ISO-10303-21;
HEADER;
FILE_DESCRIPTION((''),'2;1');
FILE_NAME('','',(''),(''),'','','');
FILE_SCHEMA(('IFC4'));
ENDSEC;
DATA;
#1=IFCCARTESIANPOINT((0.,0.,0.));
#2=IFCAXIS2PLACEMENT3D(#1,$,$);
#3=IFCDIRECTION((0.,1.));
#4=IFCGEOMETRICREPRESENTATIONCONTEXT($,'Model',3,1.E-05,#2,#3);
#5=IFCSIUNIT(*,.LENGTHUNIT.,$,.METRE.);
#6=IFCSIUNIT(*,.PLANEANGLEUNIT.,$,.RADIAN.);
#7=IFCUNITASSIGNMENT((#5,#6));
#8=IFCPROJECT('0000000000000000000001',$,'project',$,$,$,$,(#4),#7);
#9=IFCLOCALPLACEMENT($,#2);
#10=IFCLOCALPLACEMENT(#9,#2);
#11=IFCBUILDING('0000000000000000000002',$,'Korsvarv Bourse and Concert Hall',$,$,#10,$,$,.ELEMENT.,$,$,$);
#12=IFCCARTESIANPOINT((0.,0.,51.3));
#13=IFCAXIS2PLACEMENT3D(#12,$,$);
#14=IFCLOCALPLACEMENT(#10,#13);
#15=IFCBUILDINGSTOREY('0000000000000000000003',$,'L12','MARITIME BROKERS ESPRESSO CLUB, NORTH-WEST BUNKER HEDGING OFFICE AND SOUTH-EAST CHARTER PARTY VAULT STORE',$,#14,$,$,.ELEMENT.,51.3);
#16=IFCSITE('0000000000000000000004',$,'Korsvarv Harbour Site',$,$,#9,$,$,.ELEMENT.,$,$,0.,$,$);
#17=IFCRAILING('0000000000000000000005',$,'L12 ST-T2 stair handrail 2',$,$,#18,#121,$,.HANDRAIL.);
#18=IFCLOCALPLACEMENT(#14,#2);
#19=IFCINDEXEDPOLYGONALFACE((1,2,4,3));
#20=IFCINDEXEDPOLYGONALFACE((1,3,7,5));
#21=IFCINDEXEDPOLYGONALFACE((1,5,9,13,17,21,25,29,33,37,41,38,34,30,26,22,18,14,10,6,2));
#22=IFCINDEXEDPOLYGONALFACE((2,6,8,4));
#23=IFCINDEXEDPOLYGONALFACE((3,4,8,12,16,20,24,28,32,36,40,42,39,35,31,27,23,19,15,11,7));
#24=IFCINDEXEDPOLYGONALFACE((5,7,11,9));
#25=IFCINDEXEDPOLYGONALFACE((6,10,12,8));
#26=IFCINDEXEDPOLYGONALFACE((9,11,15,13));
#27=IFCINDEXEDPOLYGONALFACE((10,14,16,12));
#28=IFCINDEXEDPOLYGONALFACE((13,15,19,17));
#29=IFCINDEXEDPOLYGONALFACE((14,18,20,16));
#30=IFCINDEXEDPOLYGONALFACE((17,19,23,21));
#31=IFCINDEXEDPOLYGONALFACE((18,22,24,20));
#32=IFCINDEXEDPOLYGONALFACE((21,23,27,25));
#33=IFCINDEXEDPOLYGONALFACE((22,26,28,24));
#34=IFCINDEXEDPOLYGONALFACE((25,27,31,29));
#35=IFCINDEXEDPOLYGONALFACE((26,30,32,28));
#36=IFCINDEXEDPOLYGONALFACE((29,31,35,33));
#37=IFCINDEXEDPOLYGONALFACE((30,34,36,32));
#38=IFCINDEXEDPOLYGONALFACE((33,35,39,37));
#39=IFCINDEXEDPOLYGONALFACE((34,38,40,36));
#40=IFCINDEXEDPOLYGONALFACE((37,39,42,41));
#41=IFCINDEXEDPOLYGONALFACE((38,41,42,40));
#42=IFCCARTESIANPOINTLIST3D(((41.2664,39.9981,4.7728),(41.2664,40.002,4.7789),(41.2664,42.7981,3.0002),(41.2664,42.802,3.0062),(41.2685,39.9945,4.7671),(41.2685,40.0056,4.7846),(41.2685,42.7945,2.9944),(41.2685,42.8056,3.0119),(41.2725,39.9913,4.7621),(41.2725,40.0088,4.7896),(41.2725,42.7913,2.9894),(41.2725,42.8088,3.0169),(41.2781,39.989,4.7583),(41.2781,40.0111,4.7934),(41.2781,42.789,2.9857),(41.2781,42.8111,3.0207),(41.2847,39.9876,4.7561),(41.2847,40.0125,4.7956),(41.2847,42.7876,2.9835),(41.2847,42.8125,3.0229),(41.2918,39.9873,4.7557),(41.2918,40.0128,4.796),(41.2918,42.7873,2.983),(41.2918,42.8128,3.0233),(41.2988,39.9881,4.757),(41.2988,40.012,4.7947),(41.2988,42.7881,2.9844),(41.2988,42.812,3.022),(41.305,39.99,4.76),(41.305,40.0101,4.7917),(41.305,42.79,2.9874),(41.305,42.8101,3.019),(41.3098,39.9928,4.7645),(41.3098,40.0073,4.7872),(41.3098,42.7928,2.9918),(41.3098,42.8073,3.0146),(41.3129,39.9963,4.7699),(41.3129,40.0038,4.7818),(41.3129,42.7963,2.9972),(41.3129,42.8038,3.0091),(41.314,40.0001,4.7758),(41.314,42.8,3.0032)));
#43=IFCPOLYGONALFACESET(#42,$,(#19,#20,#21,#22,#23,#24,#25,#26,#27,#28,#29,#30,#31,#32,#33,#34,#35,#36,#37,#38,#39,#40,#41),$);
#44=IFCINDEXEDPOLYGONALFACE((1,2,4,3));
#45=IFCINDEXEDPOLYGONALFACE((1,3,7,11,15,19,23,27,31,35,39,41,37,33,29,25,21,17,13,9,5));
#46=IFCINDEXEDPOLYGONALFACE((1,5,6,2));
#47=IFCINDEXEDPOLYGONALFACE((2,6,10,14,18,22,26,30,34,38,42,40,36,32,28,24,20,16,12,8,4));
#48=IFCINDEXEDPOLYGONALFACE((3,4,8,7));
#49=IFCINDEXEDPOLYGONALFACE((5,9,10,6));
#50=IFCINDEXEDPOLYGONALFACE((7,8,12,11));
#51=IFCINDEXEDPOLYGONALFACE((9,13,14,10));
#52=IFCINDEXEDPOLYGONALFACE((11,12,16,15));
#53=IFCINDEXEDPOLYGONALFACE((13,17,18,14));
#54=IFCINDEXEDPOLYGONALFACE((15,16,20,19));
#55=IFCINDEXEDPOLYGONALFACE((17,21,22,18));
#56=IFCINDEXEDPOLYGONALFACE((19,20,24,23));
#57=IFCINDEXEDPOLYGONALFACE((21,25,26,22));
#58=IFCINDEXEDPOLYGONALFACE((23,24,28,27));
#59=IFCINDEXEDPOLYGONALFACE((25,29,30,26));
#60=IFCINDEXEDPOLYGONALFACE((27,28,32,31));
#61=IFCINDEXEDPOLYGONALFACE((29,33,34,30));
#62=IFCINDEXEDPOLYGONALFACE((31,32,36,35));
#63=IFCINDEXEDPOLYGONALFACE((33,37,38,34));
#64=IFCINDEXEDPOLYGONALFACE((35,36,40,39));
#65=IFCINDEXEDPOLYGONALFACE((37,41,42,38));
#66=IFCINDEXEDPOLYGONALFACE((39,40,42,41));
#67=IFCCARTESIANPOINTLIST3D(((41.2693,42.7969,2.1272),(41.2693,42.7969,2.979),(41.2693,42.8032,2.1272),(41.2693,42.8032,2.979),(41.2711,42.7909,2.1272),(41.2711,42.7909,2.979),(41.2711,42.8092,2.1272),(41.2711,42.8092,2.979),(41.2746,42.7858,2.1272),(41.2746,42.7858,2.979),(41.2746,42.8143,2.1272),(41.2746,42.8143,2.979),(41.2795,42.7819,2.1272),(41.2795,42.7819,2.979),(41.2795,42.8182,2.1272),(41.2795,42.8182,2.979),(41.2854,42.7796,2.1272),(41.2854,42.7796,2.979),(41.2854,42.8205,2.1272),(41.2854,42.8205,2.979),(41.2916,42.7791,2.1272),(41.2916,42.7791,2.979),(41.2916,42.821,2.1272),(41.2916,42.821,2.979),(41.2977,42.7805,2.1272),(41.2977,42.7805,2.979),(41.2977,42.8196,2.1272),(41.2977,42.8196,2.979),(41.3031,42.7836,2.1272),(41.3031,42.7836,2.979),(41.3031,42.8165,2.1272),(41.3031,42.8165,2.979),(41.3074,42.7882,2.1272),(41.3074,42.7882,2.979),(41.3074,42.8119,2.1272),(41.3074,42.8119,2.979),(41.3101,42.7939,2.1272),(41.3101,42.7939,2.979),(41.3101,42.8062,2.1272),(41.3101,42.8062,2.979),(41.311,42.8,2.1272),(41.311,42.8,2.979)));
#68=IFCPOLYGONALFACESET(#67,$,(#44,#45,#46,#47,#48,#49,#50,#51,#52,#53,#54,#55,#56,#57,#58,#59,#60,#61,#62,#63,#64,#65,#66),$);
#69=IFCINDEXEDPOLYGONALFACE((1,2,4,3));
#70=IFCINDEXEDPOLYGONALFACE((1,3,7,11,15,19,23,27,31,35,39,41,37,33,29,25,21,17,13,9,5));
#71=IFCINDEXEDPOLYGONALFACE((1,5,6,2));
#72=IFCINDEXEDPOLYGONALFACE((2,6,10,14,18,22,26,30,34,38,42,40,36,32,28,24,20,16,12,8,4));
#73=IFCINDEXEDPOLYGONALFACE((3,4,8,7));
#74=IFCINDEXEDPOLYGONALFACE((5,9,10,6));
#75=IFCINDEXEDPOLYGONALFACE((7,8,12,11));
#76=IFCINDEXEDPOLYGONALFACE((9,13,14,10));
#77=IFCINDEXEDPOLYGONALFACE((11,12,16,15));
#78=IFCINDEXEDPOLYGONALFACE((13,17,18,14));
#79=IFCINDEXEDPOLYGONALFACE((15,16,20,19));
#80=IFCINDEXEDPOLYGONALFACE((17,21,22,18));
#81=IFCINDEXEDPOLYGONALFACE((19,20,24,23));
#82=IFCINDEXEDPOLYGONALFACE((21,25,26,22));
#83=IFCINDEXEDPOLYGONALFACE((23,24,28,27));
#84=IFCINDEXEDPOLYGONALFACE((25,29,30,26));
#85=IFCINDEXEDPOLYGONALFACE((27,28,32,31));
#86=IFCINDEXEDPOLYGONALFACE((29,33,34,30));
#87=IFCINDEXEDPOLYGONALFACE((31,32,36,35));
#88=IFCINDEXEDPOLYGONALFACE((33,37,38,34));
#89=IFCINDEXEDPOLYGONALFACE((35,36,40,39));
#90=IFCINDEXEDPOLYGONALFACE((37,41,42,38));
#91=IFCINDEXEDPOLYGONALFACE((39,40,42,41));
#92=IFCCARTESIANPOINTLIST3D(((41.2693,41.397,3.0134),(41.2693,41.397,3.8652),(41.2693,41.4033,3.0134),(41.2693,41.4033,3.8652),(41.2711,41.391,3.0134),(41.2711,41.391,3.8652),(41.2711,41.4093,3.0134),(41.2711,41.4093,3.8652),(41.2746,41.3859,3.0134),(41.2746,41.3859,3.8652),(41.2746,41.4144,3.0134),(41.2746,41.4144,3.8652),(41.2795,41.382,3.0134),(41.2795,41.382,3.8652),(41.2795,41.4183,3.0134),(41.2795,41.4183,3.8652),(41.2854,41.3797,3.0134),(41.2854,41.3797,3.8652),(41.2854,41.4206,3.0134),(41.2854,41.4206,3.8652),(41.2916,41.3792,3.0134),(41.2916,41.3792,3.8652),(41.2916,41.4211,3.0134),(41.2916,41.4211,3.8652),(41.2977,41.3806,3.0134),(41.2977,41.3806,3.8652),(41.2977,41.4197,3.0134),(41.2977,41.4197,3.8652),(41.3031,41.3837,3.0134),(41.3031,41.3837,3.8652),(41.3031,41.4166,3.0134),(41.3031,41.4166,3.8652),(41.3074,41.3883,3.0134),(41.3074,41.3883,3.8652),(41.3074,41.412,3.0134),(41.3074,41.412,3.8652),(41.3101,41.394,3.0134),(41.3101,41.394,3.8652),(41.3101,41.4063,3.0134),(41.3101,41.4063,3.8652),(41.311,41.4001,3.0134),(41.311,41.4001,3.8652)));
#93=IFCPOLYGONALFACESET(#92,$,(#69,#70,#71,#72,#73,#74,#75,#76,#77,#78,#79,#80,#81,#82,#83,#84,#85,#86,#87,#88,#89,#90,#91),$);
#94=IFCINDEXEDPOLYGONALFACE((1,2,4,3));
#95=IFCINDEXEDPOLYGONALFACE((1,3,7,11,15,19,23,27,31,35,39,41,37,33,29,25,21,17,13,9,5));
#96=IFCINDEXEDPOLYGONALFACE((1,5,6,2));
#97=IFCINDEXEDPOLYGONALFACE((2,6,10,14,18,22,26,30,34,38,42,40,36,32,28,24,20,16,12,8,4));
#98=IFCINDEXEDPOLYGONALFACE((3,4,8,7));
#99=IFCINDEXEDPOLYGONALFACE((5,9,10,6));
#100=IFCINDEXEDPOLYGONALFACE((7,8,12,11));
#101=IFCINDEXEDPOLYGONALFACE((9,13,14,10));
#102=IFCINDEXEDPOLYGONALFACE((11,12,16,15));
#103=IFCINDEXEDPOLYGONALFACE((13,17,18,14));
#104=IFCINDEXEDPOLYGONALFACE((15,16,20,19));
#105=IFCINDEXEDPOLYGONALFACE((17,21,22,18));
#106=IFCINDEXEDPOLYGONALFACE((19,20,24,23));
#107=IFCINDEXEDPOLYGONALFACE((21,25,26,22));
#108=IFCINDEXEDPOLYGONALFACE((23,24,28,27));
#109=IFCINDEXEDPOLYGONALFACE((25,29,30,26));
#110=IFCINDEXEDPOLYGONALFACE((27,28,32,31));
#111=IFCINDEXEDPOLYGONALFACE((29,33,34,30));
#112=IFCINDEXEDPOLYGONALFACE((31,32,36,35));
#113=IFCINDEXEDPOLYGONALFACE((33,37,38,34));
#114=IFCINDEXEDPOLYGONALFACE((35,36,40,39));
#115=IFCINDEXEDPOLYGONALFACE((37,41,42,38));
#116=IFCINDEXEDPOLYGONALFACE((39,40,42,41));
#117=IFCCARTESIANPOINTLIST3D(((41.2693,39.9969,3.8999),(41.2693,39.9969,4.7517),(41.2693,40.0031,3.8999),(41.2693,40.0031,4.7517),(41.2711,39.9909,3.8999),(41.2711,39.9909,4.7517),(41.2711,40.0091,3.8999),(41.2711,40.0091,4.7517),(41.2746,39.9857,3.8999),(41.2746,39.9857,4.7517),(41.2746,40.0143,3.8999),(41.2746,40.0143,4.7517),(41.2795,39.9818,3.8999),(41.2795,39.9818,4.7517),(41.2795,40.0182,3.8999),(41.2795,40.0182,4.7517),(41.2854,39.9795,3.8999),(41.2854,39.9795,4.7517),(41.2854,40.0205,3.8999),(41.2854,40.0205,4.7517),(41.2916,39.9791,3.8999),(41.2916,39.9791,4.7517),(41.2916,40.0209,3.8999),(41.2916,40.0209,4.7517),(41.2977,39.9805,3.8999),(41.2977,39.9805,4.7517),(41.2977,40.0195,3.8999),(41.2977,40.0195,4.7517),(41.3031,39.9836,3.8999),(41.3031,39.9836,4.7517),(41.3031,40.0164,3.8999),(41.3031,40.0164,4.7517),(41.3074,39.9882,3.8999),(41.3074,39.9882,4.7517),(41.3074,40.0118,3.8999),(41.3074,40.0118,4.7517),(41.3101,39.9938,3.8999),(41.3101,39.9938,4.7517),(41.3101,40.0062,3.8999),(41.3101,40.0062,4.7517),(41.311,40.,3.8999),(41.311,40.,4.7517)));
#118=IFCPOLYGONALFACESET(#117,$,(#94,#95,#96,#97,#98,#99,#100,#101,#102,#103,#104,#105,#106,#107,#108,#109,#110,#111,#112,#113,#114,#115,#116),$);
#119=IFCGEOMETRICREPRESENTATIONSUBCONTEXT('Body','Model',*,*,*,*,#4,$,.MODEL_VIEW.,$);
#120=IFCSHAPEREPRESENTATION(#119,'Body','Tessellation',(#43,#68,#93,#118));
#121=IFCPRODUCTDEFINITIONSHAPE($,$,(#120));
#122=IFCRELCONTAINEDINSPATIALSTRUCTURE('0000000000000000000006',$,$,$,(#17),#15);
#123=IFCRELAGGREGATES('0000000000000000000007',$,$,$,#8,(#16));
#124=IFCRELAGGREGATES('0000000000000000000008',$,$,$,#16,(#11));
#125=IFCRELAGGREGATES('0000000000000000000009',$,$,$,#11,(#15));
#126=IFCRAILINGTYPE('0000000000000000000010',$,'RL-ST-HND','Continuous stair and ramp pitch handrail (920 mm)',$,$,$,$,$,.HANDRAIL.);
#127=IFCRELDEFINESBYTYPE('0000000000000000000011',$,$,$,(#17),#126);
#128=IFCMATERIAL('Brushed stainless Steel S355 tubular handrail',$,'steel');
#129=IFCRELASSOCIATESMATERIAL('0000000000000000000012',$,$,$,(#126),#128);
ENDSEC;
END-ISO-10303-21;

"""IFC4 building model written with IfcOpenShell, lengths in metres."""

from ifc_helpers import new_model, si_unit, direction, frame, origin, origin_2d, place, context, subcontext, project, spatial, circle, extrude, material, type_object, element, save


model = new_model("IFC4")

# Units and contexts
model_context = context("Model", 3, precision=1e-05, world=origin(), true_north=direction((0.0, 1.0)))
body_context = subcontext(model_context, "Body", "Model", "MODEL_VIEW")
ifc_project = project(units=[si_unit("LENGTHUNIT", "METRE"), si_unit("PLANEANGLEUNIT", "RADIAN")], contexts=[model_context])

# Site, building, storey
site_placement = place(None, origin())
site = spatial("IfcSite", under=ifc_project, at=site_placement, Name="Korsvarv Harbour Site", CompositionType="ELEMENT", RefElevation=0.0)
building_placement = place(site_placement, origin())
building = spatial("IfcBuilding", under=site, at=building_placement, Name="Korsvarv Bourse and Concert Hall", CompositionType="ELEMENT")
storey_placement = place(building_placement, frame((0.0, 0.0, 51.3)))
storey = spatial("IfcBuildingStorey", under=building, at=storey_placement, Name="L12", Description="MARITIME BROKERS ESPRESSO CLUB, NORTH-WEST BUNKER HEDGING OFFICE AND SOUTH-EAST CHARTER PARTY VAULT STORE", CompositionType="ELEMENT", Elevation=51.3)

# Railing
ifc_material_1 = material(Name="Brushed stainless Steel S355 tubular handrail", Category="steel")
railing_type = type_object("IfcRailingType", Name="RL-ST-HND", Description="Continuous stair and ramp pitch handrail (920 mm)", PredefinedType="HANDRAIL", material=ifc_material_1)
railing_placement = place(storey_placement, frame((41.29, 42.8, 2.1272)))
element("IfcRailing", 1, at=railing_placement, inside=storey, type_object=railing_type, Name="L12 ST-T2 stair handrail 2", PredefinedType="HANDRAIL", context=body_context, shape_type="SweptSolid", body=[
    extrude(circle(Radius=0.0239, at=origin_2d()), frame((0.0, 0.0, 0.876), z_axis=(0.0, -0.844909, 0.53491), x_axis=(1.0, 0.0, 0.0)), (0.0, 0.0, 1.0), 3.314),
    extrude(circle(Radius=0.021, at=origin_2d()), origin(), (0.0, 0.0, 1.0), 0.8518),
    extrude(circle(Radius=0.021, at=origin_2d()), frame((0.0, -1.3999, 0.8862)), (0.0, 0.0, 1.0), 0.8518),
    extrude(circle(Radius=0.021, at=origin_2d()), frame((0.0, -2.8, 1.7727)), (0.0, 0.0, 1.0), 0.8518),
])

save(model, "model.ifc")
